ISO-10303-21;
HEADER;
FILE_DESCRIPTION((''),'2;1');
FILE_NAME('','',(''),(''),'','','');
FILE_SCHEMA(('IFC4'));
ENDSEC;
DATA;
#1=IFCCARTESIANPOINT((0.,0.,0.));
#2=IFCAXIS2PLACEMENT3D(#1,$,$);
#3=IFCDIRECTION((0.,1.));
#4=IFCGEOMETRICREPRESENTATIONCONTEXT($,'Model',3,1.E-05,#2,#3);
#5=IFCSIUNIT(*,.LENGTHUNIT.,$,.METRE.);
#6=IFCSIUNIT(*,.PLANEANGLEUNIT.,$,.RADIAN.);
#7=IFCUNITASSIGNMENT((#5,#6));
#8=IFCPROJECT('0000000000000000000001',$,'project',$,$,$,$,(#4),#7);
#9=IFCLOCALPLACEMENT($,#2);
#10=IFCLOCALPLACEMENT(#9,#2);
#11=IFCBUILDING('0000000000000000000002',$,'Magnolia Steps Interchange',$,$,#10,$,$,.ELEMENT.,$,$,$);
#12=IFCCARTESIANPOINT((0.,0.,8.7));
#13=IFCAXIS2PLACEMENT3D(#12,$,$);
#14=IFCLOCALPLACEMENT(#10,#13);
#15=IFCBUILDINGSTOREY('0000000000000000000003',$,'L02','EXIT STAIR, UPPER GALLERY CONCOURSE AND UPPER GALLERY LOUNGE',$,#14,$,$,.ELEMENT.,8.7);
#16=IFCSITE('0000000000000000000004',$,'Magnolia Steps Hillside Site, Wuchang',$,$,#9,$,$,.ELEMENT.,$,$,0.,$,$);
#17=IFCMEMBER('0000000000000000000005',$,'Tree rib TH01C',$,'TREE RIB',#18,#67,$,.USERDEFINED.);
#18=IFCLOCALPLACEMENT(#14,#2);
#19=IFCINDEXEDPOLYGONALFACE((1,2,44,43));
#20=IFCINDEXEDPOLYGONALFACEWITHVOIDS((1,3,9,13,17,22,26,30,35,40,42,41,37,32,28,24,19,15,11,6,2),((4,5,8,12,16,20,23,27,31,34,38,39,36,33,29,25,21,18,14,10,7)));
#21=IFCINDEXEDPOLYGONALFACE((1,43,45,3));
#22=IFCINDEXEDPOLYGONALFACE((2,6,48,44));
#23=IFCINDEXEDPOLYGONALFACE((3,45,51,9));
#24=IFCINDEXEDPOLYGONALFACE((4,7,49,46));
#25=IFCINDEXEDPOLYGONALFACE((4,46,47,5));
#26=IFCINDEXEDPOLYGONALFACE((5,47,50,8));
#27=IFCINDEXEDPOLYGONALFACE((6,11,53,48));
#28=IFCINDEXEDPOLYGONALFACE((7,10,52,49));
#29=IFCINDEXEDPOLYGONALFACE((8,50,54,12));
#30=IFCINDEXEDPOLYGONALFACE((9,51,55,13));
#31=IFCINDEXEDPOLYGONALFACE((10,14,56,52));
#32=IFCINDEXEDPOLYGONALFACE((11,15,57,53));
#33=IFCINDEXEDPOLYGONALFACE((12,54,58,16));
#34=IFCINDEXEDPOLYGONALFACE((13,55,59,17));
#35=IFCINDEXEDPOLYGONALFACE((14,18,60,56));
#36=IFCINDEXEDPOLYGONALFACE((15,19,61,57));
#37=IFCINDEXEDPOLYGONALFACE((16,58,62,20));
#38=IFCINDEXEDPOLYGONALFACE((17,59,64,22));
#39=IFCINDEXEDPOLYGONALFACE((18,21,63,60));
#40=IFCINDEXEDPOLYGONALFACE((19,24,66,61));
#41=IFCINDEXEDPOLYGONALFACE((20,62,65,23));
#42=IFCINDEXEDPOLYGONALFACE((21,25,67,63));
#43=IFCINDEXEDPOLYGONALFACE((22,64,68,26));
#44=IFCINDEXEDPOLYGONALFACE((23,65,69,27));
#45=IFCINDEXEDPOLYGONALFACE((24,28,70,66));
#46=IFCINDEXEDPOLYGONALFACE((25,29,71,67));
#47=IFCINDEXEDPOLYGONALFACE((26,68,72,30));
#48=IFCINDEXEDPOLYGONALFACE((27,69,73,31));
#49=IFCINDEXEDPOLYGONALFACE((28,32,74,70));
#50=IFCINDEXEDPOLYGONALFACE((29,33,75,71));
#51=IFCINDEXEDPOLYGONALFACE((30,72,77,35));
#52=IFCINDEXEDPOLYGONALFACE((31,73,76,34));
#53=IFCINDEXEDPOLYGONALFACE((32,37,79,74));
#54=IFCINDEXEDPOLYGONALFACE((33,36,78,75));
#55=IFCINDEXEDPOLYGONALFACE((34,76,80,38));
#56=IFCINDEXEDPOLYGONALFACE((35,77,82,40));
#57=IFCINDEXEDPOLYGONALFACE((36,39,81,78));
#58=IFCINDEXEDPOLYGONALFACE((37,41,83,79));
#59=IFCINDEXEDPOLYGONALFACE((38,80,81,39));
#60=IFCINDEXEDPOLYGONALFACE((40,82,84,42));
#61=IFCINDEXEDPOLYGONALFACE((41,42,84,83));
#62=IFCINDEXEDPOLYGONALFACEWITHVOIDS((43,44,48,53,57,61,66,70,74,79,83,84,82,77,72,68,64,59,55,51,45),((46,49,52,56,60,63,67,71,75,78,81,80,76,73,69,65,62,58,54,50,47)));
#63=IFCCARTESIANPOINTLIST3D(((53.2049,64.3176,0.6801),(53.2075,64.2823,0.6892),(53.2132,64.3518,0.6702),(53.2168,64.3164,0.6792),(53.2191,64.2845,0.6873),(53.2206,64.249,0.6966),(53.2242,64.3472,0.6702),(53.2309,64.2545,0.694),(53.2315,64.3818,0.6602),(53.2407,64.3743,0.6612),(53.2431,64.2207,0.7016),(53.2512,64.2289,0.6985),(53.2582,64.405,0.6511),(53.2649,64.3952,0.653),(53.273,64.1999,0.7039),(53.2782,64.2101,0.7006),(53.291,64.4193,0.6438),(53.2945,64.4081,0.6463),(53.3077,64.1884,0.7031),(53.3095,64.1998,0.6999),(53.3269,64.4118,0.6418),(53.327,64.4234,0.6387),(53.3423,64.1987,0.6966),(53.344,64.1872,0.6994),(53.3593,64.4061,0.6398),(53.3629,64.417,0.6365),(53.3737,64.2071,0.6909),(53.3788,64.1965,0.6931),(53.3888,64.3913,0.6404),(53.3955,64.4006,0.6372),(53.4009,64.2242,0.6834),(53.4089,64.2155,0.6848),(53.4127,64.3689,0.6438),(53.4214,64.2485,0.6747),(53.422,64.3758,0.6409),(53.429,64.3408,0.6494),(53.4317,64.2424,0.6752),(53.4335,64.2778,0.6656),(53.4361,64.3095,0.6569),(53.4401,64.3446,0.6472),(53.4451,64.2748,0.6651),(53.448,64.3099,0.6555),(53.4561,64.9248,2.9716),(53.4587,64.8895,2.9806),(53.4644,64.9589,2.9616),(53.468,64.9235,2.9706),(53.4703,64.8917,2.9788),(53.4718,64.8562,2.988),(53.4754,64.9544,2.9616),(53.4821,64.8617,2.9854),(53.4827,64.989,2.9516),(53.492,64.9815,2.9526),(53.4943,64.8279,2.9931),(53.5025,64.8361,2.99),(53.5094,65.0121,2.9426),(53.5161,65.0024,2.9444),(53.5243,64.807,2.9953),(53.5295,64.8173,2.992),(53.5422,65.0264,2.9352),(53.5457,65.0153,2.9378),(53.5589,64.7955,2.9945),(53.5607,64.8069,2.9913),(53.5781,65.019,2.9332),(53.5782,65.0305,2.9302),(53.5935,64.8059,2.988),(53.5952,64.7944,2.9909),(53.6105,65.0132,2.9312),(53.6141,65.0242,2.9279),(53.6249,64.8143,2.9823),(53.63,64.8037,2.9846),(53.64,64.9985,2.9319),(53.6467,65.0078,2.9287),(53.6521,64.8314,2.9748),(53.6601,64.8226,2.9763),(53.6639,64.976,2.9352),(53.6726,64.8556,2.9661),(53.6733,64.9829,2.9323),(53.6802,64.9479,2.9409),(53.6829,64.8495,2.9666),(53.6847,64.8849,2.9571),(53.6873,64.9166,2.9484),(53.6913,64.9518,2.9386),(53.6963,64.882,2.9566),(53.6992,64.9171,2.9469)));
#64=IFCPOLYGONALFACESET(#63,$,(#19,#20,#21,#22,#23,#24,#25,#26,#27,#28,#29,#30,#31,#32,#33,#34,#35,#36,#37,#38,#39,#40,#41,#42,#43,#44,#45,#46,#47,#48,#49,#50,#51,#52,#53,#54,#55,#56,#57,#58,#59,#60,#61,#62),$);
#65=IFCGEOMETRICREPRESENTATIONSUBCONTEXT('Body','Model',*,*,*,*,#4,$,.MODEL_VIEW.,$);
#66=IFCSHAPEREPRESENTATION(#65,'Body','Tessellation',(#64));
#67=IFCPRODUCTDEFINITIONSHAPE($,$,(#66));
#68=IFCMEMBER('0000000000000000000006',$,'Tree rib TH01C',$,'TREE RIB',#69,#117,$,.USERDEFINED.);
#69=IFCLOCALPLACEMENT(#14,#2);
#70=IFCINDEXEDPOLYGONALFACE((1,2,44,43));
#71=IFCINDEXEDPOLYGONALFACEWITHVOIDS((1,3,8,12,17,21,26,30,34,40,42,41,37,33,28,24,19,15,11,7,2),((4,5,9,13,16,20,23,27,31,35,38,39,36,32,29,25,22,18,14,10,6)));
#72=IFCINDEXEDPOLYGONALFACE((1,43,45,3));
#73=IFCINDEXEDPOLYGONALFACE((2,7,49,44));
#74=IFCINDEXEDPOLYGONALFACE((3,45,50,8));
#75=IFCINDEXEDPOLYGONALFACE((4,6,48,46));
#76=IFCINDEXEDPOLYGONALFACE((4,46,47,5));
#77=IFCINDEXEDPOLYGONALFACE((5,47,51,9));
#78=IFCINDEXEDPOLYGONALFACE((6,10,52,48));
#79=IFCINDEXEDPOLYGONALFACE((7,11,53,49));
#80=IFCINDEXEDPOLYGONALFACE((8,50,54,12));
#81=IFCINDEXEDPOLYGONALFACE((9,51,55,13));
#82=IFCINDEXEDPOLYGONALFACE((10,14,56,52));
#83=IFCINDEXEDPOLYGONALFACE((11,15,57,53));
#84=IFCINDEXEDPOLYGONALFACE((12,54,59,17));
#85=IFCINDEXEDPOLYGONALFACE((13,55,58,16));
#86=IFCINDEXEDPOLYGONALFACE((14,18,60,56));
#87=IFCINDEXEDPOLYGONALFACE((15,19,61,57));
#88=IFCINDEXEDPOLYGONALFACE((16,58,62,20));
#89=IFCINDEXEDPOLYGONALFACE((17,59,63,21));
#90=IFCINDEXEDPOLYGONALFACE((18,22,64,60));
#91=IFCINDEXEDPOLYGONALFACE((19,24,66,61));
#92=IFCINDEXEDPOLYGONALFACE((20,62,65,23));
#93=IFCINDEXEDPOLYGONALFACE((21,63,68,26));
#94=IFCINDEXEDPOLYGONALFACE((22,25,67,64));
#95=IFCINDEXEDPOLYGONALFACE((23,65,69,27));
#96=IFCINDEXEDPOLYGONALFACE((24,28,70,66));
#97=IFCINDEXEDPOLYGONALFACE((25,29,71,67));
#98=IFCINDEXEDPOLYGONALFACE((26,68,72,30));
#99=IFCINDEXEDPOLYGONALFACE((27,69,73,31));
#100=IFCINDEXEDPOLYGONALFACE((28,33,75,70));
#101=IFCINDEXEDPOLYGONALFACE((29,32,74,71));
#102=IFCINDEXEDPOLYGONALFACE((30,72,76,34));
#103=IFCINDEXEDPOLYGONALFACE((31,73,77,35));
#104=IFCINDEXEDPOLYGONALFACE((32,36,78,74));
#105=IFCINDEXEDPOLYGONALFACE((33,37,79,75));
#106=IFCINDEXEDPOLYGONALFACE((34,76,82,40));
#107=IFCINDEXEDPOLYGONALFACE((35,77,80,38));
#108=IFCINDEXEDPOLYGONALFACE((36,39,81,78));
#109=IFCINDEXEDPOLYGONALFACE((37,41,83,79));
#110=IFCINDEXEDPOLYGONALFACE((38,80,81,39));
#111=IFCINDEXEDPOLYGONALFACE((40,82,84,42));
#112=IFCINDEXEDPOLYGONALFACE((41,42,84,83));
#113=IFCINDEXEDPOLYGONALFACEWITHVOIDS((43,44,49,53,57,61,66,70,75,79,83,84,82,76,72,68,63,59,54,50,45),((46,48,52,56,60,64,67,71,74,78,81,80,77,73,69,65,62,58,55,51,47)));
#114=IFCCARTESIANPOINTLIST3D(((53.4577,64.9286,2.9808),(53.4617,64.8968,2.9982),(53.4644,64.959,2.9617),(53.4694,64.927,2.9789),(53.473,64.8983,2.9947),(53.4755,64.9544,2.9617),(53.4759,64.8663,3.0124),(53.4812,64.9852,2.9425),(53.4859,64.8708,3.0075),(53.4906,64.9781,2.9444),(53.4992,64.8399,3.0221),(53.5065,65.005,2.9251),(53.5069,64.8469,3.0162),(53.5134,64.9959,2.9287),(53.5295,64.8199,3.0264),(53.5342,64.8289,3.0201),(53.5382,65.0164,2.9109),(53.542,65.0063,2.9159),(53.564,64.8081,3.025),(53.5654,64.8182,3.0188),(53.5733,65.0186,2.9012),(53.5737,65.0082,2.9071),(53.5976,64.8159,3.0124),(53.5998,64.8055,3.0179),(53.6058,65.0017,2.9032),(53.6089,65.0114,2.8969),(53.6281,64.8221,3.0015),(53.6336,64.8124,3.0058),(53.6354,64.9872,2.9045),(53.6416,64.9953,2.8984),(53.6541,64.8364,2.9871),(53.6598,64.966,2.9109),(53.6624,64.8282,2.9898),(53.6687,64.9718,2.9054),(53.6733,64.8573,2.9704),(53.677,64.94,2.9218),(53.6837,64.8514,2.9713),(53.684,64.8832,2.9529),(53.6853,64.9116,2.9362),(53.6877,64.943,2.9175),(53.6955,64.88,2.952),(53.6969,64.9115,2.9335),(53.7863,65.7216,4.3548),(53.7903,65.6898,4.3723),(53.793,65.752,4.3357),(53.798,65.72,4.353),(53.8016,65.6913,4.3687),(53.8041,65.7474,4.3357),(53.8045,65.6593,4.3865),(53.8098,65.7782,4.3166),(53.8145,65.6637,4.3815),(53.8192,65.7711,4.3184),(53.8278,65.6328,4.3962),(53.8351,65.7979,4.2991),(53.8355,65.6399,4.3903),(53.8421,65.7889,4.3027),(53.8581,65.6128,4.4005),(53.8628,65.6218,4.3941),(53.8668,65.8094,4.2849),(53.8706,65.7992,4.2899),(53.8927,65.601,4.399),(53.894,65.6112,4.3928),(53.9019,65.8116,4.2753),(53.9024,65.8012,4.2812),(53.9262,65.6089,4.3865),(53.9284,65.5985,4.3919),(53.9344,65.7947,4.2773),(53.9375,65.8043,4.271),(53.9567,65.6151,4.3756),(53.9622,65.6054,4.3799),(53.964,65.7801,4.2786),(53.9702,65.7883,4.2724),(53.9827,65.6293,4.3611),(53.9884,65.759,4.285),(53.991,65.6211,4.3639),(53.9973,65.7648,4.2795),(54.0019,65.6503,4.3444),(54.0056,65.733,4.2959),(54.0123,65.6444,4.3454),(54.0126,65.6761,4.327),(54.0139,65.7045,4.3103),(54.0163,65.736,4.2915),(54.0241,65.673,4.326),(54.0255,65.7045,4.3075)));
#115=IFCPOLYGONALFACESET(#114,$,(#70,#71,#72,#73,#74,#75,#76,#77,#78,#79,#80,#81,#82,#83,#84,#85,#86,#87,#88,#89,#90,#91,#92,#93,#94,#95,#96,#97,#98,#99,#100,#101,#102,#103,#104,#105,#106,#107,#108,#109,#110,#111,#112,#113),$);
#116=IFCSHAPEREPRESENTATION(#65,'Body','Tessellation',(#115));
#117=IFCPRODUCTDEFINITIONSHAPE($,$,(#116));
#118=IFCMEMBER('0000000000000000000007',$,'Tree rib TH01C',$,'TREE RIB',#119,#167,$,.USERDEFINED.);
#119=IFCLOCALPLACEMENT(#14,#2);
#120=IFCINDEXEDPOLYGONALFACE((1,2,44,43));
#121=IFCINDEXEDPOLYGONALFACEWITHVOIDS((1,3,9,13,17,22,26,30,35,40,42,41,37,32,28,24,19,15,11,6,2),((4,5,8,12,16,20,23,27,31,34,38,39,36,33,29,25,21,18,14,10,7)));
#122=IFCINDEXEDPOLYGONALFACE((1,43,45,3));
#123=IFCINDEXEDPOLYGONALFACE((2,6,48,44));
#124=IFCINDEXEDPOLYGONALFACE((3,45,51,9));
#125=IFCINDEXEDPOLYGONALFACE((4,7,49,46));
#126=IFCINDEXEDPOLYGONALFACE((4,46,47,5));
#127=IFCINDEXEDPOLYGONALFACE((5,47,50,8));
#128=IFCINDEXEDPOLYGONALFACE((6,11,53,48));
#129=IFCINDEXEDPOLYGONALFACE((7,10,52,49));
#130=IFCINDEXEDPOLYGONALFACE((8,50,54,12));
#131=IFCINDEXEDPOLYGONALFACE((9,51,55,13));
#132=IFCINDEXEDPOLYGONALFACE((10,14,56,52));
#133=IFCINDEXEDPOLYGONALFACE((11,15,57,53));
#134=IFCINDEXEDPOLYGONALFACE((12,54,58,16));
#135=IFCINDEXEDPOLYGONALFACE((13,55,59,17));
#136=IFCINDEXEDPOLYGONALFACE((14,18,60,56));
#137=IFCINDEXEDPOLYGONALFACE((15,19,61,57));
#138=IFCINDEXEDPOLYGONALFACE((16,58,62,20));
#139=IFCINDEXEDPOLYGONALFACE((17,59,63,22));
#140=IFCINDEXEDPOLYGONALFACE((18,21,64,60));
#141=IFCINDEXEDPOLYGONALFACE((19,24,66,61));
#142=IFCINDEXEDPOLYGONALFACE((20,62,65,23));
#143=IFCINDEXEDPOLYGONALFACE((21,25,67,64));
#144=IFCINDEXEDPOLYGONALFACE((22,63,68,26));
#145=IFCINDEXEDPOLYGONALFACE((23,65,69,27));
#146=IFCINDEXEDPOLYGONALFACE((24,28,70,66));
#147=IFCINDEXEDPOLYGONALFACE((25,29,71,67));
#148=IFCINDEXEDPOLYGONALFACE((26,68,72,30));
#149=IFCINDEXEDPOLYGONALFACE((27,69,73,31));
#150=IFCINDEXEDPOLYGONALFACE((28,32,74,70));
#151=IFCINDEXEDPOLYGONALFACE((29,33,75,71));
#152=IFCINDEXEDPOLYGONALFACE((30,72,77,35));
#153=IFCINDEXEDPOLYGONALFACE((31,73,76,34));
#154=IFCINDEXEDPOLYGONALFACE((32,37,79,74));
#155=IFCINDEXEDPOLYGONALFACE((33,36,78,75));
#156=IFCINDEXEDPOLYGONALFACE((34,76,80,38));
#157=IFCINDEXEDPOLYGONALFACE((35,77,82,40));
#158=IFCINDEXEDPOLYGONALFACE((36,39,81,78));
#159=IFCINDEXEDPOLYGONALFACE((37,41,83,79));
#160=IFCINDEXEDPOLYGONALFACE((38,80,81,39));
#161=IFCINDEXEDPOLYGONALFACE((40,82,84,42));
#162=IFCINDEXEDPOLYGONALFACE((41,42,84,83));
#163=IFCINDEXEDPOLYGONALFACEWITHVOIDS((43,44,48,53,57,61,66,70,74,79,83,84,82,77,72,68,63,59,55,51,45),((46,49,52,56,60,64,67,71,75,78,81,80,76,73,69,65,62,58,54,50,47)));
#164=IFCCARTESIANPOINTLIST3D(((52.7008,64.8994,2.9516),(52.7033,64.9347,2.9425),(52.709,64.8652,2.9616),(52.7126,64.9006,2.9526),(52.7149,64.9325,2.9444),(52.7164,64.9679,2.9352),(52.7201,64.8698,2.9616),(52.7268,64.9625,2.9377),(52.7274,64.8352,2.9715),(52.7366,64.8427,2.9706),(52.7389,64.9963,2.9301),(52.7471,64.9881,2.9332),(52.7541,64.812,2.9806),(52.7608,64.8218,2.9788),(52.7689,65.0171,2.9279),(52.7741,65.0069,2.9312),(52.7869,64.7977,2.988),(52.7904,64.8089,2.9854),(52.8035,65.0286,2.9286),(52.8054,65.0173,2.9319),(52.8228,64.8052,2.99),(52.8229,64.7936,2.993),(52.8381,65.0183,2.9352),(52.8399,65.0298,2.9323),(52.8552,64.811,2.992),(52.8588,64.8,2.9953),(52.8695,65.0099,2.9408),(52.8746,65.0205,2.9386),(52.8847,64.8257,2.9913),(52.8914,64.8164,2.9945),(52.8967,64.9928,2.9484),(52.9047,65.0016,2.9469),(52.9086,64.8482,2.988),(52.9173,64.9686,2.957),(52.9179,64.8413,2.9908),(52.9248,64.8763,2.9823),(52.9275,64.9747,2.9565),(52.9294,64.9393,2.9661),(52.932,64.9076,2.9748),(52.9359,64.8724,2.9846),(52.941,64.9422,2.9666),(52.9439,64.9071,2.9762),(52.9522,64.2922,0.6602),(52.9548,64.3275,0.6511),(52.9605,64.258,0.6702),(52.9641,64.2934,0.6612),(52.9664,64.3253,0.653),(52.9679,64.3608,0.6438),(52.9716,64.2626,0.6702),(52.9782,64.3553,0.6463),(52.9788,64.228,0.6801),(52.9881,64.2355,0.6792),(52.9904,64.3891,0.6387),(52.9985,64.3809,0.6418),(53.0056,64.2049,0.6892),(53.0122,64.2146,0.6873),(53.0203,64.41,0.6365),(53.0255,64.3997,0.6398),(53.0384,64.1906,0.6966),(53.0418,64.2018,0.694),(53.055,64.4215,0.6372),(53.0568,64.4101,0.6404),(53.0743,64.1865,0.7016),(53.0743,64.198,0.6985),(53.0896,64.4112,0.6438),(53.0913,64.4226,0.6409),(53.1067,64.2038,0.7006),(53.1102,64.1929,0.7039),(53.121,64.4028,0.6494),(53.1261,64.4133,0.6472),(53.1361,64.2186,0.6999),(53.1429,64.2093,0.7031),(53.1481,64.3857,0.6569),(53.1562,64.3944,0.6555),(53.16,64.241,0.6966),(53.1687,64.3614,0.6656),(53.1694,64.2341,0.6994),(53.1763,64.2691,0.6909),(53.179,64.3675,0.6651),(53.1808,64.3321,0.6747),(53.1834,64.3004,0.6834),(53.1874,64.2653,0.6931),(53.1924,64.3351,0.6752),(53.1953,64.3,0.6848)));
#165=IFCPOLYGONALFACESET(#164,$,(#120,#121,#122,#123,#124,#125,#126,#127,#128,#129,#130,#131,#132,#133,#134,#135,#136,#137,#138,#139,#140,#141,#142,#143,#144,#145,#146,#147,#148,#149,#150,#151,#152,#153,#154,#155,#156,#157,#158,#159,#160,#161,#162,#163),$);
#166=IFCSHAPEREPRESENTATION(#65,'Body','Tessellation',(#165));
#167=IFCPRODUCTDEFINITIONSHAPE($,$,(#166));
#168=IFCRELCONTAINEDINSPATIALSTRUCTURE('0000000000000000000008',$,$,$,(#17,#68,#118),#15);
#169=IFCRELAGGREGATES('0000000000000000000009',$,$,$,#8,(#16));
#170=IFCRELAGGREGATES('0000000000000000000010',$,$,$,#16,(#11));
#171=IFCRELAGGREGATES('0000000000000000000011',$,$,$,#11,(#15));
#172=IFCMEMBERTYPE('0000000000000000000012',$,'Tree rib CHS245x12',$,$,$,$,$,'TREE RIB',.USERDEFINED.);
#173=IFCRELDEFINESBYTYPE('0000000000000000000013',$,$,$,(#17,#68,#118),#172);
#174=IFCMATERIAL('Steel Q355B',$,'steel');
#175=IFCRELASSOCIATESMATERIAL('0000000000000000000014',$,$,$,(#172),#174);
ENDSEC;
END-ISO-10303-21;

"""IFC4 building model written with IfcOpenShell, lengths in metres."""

from ifc_helpers import new_model, si_unit, direction, frame, origin, origin_2d, place, context, subcontext, project, spatial, hollow_circle, extrude, material, material_profile, profile_set, type_object, element, save


model = new_model("IFC4")

# Units and contexts
model_context = context("Model", 3, precision=1e-05, world=origin(), true_north=direction((0.0, 1.0)))
body_context = subcontext(model_context, "Body", "Model", "MODEL_VIEW")
ifc_project = project(units=[si_unit("LENGTHUNIT", "METRE"), si_unit("PLANEANGLEUNIT", "RADIAN")], contexts=[model_context])

# Site, building, storey
site_placement = place(None, origin())
site = spatial("IfcSite", under=ifc_project, at=site_placement, Name="Magnolia Steps Hillside Site, Wuchang", CompositionType="ELEMENT", RefElevation=0.0)
building_placement = place(site_placement, origin())
building = spatial("IfcBuilding", under=site, at=building_placement, Name="Magnolia Steps Interchange", CompositionType="ELEMENT")
storey_placement = place(building_placement, frame((0.0, 0.0, 8.7)))
storey = spatial("IfcBuildingStorey", under=building, at=storey_placement, Name="L02", Description="EXIT STAIR, UPPER GALLERY CONCOURSE AND UPPER GALLERY LOUNGE", CompositionType="ELEMENT", Elevation=8.7)

# Members
ifc_material_1 = material(Name="Steel Q355B", Category="steel")
ifc_material_profile_1 = material_profile(ifc_material_1, hollow_circle(Radius=0.1226, WallThickness=0.012, at=origin_2d()), Name="CHS245x12")
ifc_profile_set_1 = profile_set([ifc_material_profile_1], Name="Steel Q355B")
member_type_1 = type_object("IfcMemberType", Name="Tree rib CHS245x12", ElementType="TREE RIB", PredefinedType="USERDEFINED", material=ifc_profile_set_1)
member_1_placement = place(storey_placement, frame((53.3264, 64.3049, 0.6702), z_axis=(0.105384, 0.254704, 0.96126), x_axis=(-0.92403, 0.382319, 0.0)))
element("IfcMember", 1, at=member_1_placement, inside=storey, type_object=member_type_1, Name="Tree rib TH01C", ObjectType="TREE RIB", PredefinedType="USERDEFINED", context=body_context, shape_type="SweptSolid", body=[
    extrude(hollow_circle(Radius=0.1226, WallThickness=0.012, at=origin_2d()), origin(), (0.0, 0.0, 1.0), 2.3838),
])
member_2_placement = place(storey_placement, frame((53.5776, 64.9121, 2.9617), z_axis=(0.202835, 0.489456, 0.84811), x_axis=(-0.923816, 0.382837, 0.0)))
element("IfcMember", 2, at=member_2_placement, inside=storey, type_object=member_type_1, Name="Tree rib TH01C", ObjectType="TREE RIB", PredefinedType="USERDEFINED", context=body_context, shape_type="SweptSolid", body=[
    extrude(hollow_circle(Radius=0.1226, WallThickness=0.012, at=origin_2d()), origin(), (0.0, 0.0, 1.0), 1.6201),
])
member_3_placement = place(storey_placement, frame((53.0737, 64.3049, 0.6702), z_axis=(-0.105485, 0.254701, 0.961249), x_axis=(-0.923899, -0.382636, 0.0)))
element("IfcMember", 3, at=member_3_placement, inside=storey, type_object=member_type_1, Name="Tree rib TH01C", ObjectType="TREE RIB", PredefinedType="USERDEFINED", context=body_context, shape_type="SweptSolid", body=[
    extrude(hollow_circle(Radius=0.1226, WallThickness=0.012, at=origin_2d()), origin(), (0.0, 0.0, 1.0), 2.3838),
])

save(model, "model.ifc")
